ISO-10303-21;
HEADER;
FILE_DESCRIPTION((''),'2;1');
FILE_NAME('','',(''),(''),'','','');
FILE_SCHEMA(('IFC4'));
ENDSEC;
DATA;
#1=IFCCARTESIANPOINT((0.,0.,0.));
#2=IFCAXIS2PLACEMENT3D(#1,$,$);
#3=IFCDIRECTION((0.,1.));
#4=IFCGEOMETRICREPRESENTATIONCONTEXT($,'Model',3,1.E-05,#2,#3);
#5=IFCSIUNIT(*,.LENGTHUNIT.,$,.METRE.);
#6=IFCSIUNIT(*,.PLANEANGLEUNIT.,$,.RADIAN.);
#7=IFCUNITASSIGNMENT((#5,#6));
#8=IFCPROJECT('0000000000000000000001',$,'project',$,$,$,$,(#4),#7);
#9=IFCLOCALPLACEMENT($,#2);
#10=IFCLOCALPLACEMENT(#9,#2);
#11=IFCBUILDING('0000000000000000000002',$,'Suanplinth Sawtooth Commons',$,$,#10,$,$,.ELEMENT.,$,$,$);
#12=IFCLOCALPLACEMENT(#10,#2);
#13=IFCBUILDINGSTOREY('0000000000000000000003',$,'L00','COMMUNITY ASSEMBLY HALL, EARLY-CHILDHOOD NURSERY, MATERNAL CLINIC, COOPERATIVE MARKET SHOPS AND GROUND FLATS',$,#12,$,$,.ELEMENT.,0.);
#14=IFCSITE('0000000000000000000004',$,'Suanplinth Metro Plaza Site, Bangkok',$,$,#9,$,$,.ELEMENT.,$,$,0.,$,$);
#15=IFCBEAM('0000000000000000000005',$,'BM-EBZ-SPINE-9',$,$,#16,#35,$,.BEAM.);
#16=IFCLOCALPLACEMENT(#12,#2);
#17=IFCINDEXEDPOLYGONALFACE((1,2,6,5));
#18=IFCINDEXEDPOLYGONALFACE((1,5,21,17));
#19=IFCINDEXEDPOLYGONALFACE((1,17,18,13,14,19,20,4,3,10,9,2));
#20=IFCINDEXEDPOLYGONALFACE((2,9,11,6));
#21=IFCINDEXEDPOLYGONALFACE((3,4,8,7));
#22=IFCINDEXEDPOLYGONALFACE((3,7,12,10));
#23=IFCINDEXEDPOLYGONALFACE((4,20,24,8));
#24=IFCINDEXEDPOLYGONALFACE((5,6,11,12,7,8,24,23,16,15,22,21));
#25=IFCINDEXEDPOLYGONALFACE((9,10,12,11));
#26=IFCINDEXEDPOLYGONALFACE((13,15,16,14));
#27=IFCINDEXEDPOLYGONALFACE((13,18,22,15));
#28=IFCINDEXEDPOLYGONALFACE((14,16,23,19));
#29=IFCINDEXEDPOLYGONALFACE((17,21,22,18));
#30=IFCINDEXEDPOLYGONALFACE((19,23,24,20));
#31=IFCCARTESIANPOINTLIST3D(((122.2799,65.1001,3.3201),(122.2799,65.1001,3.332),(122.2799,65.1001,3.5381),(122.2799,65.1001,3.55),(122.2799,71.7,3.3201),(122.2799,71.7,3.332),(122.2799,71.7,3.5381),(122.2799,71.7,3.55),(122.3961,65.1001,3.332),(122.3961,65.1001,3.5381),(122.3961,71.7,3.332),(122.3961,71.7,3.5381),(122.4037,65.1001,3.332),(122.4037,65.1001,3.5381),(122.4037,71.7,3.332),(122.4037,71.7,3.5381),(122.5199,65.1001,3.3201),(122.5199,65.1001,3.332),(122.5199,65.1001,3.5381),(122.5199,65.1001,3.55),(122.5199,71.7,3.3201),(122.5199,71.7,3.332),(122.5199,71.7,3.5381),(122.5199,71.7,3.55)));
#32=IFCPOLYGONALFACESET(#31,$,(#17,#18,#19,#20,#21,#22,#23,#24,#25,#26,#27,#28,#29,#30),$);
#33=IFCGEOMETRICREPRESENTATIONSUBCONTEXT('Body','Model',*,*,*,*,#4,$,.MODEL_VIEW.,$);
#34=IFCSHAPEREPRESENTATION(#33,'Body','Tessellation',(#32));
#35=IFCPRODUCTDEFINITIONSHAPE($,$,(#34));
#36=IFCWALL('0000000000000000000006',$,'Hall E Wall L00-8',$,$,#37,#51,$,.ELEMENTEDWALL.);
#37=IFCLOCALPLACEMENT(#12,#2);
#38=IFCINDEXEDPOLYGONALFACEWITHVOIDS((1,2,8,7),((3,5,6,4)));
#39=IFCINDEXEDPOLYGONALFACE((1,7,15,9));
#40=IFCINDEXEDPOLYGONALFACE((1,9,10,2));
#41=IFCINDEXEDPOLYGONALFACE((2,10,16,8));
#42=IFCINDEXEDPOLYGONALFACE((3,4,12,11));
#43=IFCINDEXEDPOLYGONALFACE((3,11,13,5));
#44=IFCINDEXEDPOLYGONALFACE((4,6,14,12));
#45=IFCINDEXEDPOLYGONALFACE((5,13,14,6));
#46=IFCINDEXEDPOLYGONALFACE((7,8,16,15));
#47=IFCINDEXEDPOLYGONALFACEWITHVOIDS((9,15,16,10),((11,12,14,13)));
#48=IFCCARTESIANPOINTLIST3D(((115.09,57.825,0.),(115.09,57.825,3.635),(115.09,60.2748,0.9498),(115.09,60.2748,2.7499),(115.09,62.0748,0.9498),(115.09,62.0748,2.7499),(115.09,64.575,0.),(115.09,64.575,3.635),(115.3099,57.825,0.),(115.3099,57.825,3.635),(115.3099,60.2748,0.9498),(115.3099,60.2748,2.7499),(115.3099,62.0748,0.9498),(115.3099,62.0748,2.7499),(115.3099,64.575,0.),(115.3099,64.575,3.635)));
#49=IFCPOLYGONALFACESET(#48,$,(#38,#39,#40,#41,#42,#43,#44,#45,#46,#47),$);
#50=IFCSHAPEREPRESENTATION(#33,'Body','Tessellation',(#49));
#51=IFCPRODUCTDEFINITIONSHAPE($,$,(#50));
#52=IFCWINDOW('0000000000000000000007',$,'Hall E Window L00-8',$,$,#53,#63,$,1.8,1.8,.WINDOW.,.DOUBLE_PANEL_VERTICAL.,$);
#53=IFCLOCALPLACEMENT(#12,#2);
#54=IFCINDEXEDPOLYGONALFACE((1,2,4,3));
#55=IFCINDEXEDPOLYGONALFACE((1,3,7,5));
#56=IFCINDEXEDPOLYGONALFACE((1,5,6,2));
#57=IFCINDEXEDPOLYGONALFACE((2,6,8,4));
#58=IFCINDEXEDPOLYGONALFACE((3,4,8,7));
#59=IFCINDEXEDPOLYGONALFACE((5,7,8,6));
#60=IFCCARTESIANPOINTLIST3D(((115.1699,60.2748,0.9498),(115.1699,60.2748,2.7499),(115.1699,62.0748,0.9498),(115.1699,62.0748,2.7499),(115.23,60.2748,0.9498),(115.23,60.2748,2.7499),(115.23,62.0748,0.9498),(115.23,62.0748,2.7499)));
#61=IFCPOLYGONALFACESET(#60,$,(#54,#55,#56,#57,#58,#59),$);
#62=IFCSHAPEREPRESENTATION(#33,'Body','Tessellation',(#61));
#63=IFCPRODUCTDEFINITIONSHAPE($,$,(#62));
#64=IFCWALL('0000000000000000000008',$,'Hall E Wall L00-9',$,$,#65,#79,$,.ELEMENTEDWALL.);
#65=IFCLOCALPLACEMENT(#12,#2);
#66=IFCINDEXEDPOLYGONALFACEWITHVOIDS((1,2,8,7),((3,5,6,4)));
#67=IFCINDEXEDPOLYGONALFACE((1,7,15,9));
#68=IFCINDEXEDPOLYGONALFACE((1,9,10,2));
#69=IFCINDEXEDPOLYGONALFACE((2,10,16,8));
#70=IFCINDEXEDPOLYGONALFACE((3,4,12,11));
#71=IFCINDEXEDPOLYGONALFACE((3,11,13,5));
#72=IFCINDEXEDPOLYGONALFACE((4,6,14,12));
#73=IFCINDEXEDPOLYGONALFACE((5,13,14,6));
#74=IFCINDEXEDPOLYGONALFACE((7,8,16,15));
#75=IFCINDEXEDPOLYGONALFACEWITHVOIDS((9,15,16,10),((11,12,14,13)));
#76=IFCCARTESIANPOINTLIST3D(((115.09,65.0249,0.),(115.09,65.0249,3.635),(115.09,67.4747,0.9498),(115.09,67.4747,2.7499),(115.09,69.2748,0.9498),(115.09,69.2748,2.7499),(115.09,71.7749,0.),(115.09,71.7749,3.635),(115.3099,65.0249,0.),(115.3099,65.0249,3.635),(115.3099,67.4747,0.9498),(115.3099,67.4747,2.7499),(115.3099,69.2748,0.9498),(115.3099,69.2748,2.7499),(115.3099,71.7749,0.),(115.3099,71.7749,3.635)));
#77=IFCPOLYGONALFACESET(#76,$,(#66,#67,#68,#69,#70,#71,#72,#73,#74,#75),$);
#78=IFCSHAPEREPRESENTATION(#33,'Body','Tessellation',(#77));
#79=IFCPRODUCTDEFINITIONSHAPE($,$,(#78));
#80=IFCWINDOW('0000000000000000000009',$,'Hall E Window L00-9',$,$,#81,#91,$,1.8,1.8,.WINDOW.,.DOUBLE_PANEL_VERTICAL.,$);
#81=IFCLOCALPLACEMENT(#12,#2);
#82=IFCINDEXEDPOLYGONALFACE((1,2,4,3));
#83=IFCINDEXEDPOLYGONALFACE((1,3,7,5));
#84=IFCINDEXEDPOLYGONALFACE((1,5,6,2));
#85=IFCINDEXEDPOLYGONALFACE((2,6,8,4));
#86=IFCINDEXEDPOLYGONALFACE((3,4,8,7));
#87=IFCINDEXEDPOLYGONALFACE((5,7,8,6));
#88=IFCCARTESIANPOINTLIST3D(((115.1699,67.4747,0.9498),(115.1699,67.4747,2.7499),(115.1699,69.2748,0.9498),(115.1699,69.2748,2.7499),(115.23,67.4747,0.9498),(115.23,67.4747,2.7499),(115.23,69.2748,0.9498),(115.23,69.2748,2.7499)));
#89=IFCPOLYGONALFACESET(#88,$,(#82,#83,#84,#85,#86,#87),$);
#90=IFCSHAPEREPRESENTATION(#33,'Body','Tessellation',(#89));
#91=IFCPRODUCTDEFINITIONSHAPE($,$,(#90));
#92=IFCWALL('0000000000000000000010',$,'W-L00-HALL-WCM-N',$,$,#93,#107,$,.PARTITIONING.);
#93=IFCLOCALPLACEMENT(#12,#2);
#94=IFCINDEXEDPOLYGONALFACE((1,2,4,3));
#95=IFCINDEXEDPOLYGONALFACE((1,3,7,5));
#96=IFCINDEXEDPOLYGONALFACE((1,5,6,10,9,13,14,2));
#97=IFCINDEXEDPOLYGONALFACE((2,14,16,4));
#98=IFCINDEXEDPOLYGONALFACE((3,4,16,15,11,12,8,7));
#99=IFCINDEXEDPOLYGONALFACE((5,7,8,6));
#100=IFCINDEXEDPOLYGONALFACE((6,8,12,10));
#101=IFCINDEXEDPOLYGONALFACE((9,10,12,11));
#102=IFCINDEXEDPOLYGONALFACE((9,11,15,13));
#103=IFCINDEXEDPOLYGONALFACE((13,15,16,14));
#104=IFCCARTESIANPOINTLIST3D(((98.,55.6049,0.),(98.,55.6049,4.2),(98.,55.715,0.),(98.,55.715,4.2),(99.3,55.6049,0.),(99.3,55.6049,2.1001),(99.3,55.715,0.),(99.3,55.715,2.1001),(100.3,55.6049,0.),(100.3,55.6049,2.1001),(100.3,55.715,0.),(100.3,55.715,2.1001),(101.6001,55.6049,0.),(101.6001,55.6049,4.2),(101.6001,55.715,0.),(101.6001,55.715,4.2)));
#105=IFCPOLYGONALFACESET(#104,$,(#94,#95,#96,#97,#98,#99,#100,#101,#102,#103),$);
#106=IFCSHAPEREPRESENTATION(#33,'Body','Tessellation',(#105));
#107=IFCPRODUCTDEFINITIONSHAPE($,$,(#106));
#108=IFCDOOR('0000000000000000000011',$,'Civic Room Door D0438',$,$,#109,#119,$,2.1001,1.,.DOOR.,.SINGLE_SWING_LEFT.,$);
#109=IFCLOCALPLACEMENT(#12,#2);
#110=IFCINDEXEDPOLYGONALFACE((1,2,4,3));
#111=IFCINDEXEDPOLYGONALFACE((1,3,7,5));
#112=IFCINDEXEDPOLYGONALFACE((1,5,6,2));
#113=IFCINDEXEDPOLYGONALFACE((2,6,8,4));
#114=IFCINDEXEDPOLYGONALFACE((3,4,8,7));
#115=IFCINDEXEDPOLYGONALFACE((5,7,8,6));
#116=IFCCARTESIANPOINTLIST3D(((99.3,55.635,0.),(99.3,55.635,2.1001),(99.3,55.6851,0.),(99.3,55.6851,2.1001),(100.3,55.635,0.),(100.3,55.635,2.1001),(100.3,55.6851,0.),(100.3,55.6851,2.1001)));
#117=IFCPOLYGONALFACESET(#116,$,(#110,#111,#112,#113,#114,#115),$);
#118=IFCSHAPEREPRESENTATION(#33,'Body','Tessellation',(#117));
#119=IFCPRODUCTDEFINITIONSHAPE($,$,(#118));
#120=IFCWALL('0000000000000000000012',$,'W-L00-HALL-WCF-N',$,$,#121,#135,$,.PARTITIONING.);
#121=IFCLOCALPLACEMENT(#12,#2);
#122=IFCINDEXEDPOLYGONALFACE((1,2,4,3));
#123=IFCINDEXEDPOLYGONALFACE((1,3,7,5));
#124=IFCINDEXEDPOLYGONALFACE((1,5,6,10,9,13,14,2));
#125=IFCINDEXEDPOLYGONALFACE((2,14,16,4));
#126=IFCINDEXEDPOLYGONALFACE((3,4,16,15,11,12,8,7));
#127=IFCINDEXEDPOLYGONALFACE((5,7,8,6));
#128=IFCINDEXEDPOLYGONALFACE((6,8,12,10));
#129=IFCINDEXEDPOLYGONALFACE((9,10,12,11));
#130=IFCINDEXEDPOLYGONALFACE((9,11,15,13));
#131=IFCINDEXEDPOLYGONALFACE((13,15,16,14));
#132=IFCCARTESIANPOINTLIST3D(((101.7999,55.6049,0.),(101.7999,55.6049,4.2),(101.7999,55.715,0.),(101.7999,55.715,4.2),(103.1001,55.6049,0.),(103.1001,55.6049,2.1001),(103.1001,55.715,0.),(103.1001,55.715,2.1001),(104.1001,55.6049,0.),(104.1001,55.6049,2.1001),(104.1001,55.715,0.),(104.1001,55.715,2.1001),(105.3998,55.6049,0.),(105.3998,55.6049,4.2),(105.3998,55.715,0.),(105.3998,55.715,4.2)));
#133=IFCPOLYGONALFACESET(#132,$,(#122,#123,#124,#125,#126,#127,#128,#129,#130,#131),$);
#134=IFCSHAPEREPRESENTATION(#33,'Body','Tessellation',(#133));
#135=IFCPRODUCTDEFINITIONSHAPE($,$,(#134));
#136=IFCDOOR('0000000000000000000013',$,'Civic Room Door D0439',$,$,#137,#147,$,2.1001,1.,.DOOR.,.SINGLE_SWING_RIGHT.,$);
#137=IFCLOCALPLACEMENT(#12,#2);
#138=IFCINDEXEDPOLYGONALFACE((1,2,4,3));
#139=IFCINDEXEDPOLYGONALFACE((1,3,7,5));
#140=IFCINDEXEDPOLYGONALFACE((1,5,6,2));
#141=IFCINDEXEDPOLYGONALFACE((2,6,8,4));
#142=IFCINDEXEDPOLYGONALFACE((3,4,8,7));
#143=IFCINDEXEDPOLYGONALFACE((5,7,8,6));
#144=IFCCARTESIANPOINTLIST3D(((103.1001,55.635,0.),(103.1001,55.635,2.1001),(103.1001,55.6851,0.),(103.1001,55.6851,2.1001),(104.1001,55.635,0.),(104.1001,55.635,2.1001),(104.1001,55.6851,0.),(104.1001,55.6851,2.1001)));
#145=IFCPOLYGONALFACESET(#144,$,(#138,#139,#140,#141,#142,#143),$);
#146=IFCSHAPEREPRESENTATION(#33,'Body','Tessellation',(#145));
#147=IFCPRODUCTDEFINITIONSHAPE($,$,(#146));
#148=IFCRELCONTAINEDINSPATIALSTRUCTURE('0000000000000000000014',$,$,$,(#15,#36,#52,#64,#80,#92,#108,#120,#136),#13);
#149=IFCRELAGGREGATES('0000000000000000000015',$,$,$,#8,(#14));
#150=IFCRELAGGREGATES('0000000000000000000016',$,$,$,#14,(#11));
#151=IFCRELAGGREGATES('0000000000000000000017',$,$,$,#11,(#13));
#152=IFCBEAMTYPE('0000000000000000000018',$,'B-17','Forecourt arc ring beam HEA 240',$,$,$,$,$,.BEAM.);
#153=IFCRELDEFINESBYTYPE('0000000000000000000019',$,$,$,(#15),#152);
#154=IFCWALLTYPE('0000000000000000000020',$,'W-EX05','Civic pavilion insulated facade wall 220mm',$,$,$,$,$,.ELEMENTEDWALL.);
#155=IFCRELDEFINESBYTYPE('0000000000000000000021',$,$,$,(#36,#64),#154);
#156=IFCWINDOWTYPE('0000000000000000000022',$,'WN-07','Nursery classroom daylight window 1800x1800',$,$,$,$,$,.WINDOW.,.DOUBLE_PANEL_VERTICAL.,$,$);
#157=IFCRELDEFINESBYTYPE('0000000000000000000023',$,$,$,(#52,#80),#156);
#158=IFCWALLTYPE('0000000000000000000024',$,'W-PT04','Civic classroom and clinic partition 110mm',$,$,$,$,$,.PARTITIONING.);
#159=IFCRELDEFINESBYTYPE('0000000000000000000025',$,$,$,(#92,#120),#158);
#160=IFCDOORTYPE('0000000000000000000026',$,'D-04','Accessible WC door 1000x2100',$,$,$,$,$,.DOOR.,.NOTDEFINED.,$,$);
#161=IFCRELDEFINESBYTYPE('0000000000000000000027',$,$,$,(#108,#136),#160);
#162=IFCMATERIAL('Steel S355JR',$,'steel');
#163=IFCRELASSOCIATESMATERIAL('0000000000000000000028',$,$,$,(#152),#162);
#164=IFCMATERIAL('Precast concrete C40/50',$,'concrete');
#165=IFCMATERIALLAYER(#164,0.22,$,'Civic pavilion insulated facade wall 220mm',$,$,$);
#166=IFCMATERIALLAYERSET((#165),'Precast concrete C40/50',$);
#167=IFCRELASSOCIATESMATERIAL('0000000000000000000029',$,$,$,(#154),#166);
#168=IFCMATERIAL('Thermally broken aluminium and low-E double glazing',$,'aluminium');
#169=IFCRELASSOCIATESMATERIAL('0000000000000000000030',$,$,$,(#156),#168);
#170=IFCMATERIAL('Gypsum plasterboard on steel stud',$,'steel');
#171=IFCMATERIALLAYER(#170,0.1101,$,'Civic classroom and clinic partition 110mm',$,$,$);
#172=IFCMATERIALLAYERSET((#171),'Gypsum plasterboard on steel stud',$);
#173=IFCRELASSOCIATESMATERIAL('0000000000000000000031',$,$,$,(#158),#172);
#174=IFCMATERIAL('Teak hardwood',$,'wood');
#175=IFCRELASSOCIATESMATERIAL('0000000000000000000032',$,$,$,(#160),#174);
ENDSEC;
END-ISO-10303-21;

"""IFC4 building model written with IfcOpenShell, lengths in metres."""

from ifc_helpers import new_model, si_unit, direction, frame, frame_2d, origin, origin_2d, place, context, subcontext, project, spatial, rectangle, i_section, extrude, material, layer, layer_set, material_profile, profile_set, type_object, element, fill, save


model = new_model("IFC4")

# Units and contexts
model_context = context("Model", 3, precision=1e-05, world=origin(), true_north=direction((0.0, 1.0)))
body_context = subcontext(model_context, "Body", "Model", "MODEL_VIEW")
ifc_project = project(units=[si_unit("LENGTHUNIT", "METRE"), si_unit("PLANEANGLEUNIT", "RADIAN")], contexts=[model_context])

# Site, building, storey
site_placement = place(None, origin())
site = spatial("IfcSite", under=ifc_project, at=site_placement, Name="Suanplinth Metro Plaza Site, Bangkok", CompositionType="ELEMENT", RefElevation=0.0)
building_placement = place(site_placement, origin())
building = spatial("IfcBuilding", under=site, at=building_placement, Name="Suanplinth Sawtooth Commons", CompositionType="ELEMENT")
storey_placement = place(building_placement, origin())
storey = spatial("IfcBuildingStorey", under=building, at=storey_placement, Name="L00", Description="COMMUNITY ASSEMBLY HALL, EARLY-CHILDHOOD NURSERY, MATERNAL CLINIC, COOPERATIVE MARKET SHOPS AND GROUND FLATS", CompositionType="ELEMENT", Elevation=0.0)

# Shared definitions
ifc_material_1 = material(Name="Steel S355JR", Category="steel")

# Beam
ifc_material_profile_1 = material_profile(ifc_material_1, i_section(OverallWidth=0.24, OverallDepth=0.23, WebThickness=0.0076, FlangeThickness=0.012, at=origin_2d()), Name="HEA 240")
ifc_profile_set_1 = profile_set([ifc_material_profile_1], Name="Steel S355JR")
beam_type_1 = type_object("IfcBeamType", Name="B-17", Description="Forecourt arc ring beam HEA 240", PredefinedType="BEAM", material=ifc_profile_set_1)
beam_1_placement = place(storey_placement, frame((122.3999, 65.1001, 3.4351), z_axis=(0.0, 1.0, 0.0), x_axis=(-1.0, 0.0, 0.0)))
element("IfcBeam", 1, at=beam_1_placement, inside=storey, type_object=beam_type_1, Name="BM-EBZ-SPINE-9", PredefinedType="BEAM", context=body_context, shape_type="SweptSolid", body=[
    extrude(i_section(OverallWidth=0.24, OverallDepth=0.23, WebThickness=0.0076, FlangeThickness=0.012, at=origin_2d()), origin(), (0.0, 0.0, 1.0), 6.5999),
])

# Walls, openings, windows
ifc_material_2 = material(Name="Precast concrete C40/50", Category="concrete")
ifc_layer_1 = layer(ifc_material_2, 0.22, Name="Civic pavilion insulated facade wall 220mm")
ifc_layer_set_1 = layer_set([ifc_layer_1], Name="Precast concrete C40/50")
wall_type_1 = type_object("IfcWallType", Name="W-EX05", Description="Civic pavilion insulated facade wall 220mm", PredefinedType="ELEMENTEDWALL", material=ifc_layer_set_1)
wall_1_placement = place(storey_placement, frame((115.2, 57.825, 0.0), z_axis=(0.0, 0.0, 1.0), x_axis=(0.0, 1.0, 0.0)))
wall_1 = element("IfcWall", 2, at=wall_1_placement, inside=storey, type_object=wall_type_1, Name="Hall E Wall L00-8", PredefinedType="ELEMENTEDWALL", context=body_context, shape_type="SweptSolid", body=[
    extrude(rectangle(XDim=6.75, YDim=0.22, at=frame_2d((3.375, 0.0))), origin(), (0.0, 0.0, 1.0), 3.635),
])
opening_1_placement = place(wall_1_placement, frame((2.45, 0.0, 0.95)))
opening_1 = element("IfcOpeningElement", 3, at=opening_1_placement, cuts=wall_1, PredefinedType="OPENING", context=body_context, shape_type="SweptSolid", body=[
    extrude(rectangle(XDim=1.8, YDim=1.8, at=frame_2d((0.8999, 0.8999))), frame((0.0, 0.125, 0.0), z_axis=(0.0, -1.0, 0.0), x_axis=(1.0, 0.0, 0.0)), (0.0, 0.0, 1.0), 0.2498),
])
ifc_material_3 = material(Name="Thermally broken aluminium and low-E double glazing", Category="aluminium")
window_type = type_object("IfcWindowType", Name="WN-07", Description="Nursery classroom daylight window 1800x1800", PartitioningType="DOUBLE_PANEL_VERTICAL", PredefinedType="WINDOW", material=ifc_material_3)
window_1_placement = place(opening_1_placement, origin())
window_1 = element("IfcWindow", 4, at=window_1_placement, inside=storey, type_object=window_type, Name="Hall E Window L00-8", OverallHeight=1.8, OverallWidth=1.8, PartitioningType="DOUBLE_PANEL_VERTICAL", PredefinedType="WINDOW", context=body_context, shape_type="SweptSolid", body=[
    extrude(rectangle(XDim=1.8, YDim=1.8, at=frame_2d((0.8999, 0.8999))), frame((0.0, 0.03, 0.0), z_axis=(0.0, -1.0, 0.0), x_axis=(1.0, 0.0, 0.0)), (0.0, 0.0, 1.0), 0.0601),
])
fill(opening_1, window_1)
wall_2_placement = place(storey_placement, frame((115.2, 65.0249, 0.0), z_axis=(0.0, 0.0, 1.0), x_axis=(0.0, 1.0, 0.0)))
wall_2 = element("IfcWall", 5, at=wall_2_placement, inside=storey, type_object=wall_type_1, Name="Hall E Wall L00-9", PredefinedType="ELEMENTEDWALL", context=body_context, shape_type="SweptSolid", body=[
    extrude(rectangle(XDim=6.75, YDim=0.22, at=frame_2d((3.375, 0.0))), origin(), (0.0, 0.0, 1.0), 3.635),
])
opening_2_placement = place(wall_2_placement, frame((2.45, 0.0, 0.95)))
opening_2 = element("IfcOpeningElement", 6, at=opening_2_placement, cuts=wall_2, PredefinedType="OPENING", context=body_context, shape_type="SweptSolid", body=[
    extrude(rectangle(XDim=1.8, YDim=1.8, at=frame_2d((0.8999, 0.8999))), frame((0.0, 0.125, 0.0), z_axis=(0.0, -1.0, 0.0), x_axis=(1.0, 0.0, 0.0)), (0.0, 0.0, 1.0), 0.2498),
])
window_2_placement = place(opening_2_placement, origin())
window_2 = element("IfcWindow", 7, at=window_2_placement, inside=storey, type_object=window_type, Name="Hall E Window L00-9", OverallHeight=1.8, OverallWidth=1.8, PartitioningType="DOUBLE_PANEL_VERTICAL", PredefinedType="WINDOW", context=body_context, shape_type="SweptSolid", body=[
    extrude(rectangle(XDim=1.8, YDim=1.8, at=frame_2d((0.8999, 0.8999))), frame((0.0, 0.03, 0.0), z_axis=(0.0, -1.0, 0.0), x_axis=(1.0, 0.0, 0.0)), (0.0, 0.0, 1.0), 0.0601),
])
fill(opening_2, window_2)

# Walls, openings, doors
ifc_material_4 = material(Name="Gypsum plasterboard on steel stud", Category="steel")
ifc_layer_2 = layer(ifc_material_4, 0.1101, Name="Civic classroom and clinic partition 110mm")
ifc_layer_set_2 = layer_set([ifc_layer_2], Name="Gypsum plasterboard on steel stud")
wall_type_2 = type_object("IfcWallType", Name="W-PT04", Description="Civic classroom and clinic partition 110mm", PredefinedType="PARTITIONING", material=ifc_layer_set_2)
wall_3_placement = place(storey_placement, frame((98.0, 55.6599, 0.0), z_axis=(0.0, 0.0, 1.0), x_axis=(1.0, 0.0, 0.0)))
wall_3 = element("IfcWall", 8, at=wall_3_placement, inside=storey, type_object=wall_type_2, Name="W-L00-HALL-WCM-N", PredefinedType="PARTITIONING", context=body_context, shape_type="SweptSolid", body=[
    extrude(rectangle(XDim=3.6001, YDim=0.1101, at=frame_2d((1.8, 0.0))), origin(), (0.0, 0.0, 1.0), 4.2),
])
opening_3_placement = place(wall_3_placement, frame((1.3, 0.0, 0.0)))
opening_3 = element("IfcOpeningElement", 9, at=opening_3_placement, cuts=wall_3, PredefinedType="OPENING", context=body_context, shape_type="SweptSolid", body=[
    extrude(rectangle(XDim=1.0, YDim=2.1001, at=frame_2d((0.5, 1.05))), frame((0.0, 0.0698, 0.0), z_axis=(0.0, -1.0, 0.0), x_axis=(1.0, 0.0, 0.0)), (0.0, 0.0, 1.0), 0.1399),
])
ifc_material_5 = material(Name="Teak hardwood", Category="wood")
door_type_1 = type_object("IfcDoorType", Name="D-04", Description="Accessible WC door 1000x2100", OperationType="NOTDEFINED", PredefinedType="DOOR", material=ifc_material_5)
door_1_placement = place(opening_3_placement, frame((1.0, 0.0, 0.0), z_axis=(0.0, 0.0, 1.0), x_axis=(-1.0, 0.0, 0.0)))
door_1 = element("IfcDoor", 10, at=door_1_placement, inside=storey, type_object=door_type_1, Name="Civic Room Door D0438", OperationType="SINGLE_SWING_LEFT", OverallHeight=2.1001, OverallWidth=1.0, PredefinedType="DOOR", context=body_context, shape_type="SweptSolid", body=[
    extrude(rectangle(XDim=1.0, YDim=2.1001, at=frame_2d((0.5, 1.05))), frame((0.0, 0.0249, 0.0), z_axis=(0.0, -1.0, 0.0), x_axis=(1.0, 0.0, 0.0)), (0.0, 0.0, 1.0), 0.05),
])
fill(opening_3, door_1)
wall_4_placement = place(storey_placement, frame((101.8, 55.6599, 0.0), z_axis=(0.0, 0.0, 1.0), x_axis=(1.0, 0.0, 0.0)))
wall_4 = element("IfcWall", 11, at=wall_4_placement, inside=storey, type_object=wall_type_2, Name="W-L00-HALL-WCF-N", PredefinedType="PARTITIONING", context=body_context, shape_type="SweptSolid", body=[
    extrude(rectangle(XDim=3.5999, YDim=0.1101, at=frame_2d((1.7998, 0.0))), origin(), (0.0, 0.0, 1.0), 4.2),
])
opening_4_placement = place(wall_4_placement, frame((1.3, 0.0, 0.0)))
opening_4 = element("IfcOpeningElement", 12, at=opening_4_placement, cuts=wall_4, PredefinedType="OPENING", context=body_context, shape_type="SweptSolid", body=[
    extrude(rectangle(XDim=1.0, YDim=2.1001, at=frame_2d((0.5, 1.05))), frame((0.0, 0.0698, 0.0), z_axis=(0.0, -1.0, 0.0), x_axis=(1.0, 0.0, 0.0)), (0.0, 0.0, 1.0), 0.1399),
])
door_2_placement = place(opening_4_placement, frame((1.0, 0.0, 0.0), z_axis=(0.0, 0.0, 1.0), x_axis=(-1.0, 0.0, 0.0)))
door_2 = element("IfcDoor", 13, at=door_2_placement, inside=storey, type_object=door_type_1, Name="Civic Room Door D0439", OperationType="SINGLE_SWING_RIGHT", OverallHeight=2.1001, OverallWidth=1.0, PredefinedType="DOOR", context=body_context, shape_type="SweptSolid", body=[
    extrude(rectangle(XDim=1.0, YDim=2.1001, at=frame_2d((0.5, 1.05))), frame((0.0, 0.0249, 0.0), z_axis=(0.0, -1.0, 0.0), x_axis=(1.0, 0.0, 0.0)), (0.0, 0.0, 1.0), 0.05),
])
fill(opening_4, door_2)

save(model, "model.ifc")
